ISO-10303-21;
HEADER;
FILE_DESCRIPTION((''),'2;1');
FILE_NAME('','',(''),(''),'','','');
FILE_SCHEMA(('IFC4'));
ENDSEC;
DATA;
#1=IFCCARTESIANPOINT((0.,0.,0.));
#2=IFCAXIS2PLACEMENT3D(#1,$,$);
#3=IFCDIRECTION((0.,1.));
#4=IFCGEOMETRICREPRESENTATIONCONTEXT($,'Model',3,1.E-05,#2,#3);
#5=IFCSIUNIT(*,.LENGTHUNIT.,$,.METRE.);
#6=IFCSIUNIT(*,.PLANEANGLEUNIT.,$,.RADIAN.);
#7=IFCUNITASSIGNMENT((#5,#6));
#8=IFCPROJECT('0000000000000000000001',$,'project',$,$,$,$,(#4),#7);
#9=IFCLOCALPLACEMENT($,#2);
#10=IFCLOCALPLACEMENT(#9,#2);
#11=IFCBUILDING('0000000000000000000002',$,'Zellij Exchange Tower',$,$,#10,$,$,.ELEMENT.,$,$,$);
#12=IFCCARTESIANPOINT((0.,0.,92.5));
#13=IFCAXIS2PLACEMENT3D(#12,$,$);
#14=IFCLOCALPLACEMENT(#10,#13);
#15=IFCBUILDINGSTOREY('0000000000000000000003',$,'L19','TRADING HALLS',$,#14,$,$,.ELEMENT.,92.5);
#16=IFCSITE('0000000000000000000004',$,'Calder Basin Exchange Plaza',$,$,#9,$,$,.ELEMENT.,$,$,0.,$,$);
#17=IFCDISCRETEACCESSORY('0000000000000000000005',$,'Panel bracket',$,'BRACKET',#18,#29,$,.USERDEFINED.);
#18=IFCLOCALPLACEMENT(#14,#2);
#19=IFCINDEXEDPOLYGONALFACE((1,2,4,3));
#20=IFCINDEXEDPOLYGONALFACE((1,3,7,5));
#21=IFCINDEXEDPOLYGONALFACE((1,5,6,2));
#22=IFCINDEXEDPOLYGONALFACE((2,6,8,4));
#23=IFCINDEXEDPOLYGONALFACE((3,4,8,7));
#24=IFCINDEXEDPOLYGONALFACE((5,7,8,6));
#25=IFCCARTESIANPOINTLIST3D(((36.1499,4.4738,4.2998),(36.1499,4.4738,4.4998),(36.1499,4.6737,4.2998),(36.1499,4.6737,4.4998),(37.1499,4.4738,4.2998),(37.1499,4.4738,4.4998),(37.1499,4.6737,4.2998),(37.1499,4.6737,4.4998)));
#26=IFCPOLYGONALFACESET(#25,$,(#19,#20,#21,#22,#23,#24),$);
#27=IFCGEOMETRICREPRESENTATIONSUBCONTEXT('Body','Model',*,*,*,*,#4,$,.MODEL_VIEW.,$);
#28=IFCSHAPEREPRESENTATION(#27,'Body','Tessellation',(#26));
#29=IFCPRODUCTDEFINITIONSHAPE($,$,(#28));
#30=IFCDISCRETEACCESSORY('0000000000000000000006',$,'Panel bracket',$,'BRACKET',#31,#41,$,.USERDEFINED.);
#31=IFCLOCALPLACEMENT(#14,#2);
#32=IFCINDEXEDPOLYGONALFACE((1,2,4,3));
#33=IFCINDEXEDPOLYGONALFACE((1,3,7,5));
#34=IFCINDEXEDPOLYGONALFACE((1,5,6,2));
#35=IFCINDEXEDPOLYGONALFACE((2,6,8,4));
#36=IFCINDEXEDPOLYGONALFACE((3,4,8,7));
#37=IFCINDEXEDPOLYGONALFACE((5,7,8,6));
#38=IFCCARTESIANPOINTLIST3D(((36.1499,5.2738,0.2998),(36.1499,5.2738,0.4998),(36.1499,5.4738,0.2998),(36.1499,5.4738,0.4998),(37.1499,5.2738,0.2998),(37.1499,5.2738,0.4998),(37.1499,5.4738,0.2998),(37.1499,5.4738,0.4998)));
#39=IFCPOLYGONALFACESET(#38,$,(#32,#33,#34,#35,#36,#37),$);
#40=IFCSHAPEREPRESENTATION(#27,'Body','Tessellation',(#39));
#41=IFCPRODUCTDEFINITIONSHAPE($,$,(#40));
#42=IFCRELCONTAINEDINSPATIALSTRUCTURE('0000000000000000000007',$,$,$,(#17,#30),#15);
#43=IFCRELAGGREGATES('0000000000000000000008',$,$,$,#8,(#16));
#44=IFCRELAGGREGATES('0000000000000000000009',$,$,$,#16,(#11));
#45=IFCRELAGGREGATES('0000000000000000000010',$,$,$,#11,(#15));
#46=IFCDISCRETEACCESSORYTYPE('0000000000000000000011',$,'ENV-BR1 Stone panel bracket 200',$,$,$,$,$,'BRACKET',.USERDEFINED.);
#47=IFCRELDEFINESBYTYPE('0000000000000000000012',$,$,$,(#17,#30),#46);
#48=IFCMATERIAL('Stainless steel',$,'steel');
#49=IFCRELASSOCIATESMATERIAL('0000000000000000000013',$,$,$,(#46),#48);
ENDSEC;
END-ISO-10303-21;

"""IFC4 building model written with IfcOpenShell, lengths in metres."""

from ifc_helpers import new_model, si_unit, direction, frame, origin, origin_2d, place, context, subcontext, project, spatial, rectangle, extrude, material, type_object, element, save


model = new_model("IFC4")

# Units and contexts
model_context = context("Model", 3, precision=1e-05, world=origin(), true_north=direction((0.0, 1.0)))
body_context = subcontext(model_context, "Body", "Model", "MODEL_VIEW")
ifc_project = project(units=[si_unit("LENGTHUNIT", "METRE"), si_unit("PLANEANGLEUNIT", "RADIAN")], contexts=[model_context])

# Site, building, storey
site_placement = place(None, origin())
site = spatial("IfcSite", under=ifc_project, at=site_placement, Name="Calder Basin Exchange Plaza", CompositionType="ELEMENT", RefElevation=0.0)
building_placement = place(site_placement, origin())
building = spatial("IfcBuilding", under=site, at=building_placement, Name="Zellij Exchange Tower", CompositionType="ELEMENT")
storey_placement = place(building_placement, frame((0.0, 0.0, 92.5)))
storey = spatial("IfcBuildingStorey", under=building, at=storey_placement, Name="L19", Description="TRADING HALLS", CompositionType="ELEMENT", Elevation=92.5)

# Discrete accessories
ifc_material_1 = material(Name="Stainless steel", Category="steel")
discrete_accessory_type = type_object("IfcDiscreteAccessoryType", Name="ENV-BR1 Stone panel bracket 200", ElementType="BRACKET", PredefinedType="USERDEFINED", material=ifc_material_1)
for number, where, z_axis, x_axis, name in (
    (1, (36.6499, 4.5737, 4.2998), (0.0, 0.0, 1.0), (0.0, 1.0, 0.0), "Panel bracket"),
    (2, (36.6499, 5.3738, 0.2998), (0.0, 0.0, 1.0), (0.0, 1.0, 0.0), "Panel bracket"),
):
    element("IfcDiscreteAccessory", number, at=place(storey_placement, frame(where, z_axis=z_axis, x_axis=x_axis)), inside=storey, type_object=discrete_accessory_type, Name=name, ObjectType="BRACKET", PredefinedType="USERDEFINED", context=body_context, shape_type="SweptSolid", body=[
        extrude(rectangle(XDim=0.2, YDim=1.0, at=origin_2d()), origin(), (0.0, 0.0, 1.0), 0.2),
    ])

save(model, "model.ifc")
